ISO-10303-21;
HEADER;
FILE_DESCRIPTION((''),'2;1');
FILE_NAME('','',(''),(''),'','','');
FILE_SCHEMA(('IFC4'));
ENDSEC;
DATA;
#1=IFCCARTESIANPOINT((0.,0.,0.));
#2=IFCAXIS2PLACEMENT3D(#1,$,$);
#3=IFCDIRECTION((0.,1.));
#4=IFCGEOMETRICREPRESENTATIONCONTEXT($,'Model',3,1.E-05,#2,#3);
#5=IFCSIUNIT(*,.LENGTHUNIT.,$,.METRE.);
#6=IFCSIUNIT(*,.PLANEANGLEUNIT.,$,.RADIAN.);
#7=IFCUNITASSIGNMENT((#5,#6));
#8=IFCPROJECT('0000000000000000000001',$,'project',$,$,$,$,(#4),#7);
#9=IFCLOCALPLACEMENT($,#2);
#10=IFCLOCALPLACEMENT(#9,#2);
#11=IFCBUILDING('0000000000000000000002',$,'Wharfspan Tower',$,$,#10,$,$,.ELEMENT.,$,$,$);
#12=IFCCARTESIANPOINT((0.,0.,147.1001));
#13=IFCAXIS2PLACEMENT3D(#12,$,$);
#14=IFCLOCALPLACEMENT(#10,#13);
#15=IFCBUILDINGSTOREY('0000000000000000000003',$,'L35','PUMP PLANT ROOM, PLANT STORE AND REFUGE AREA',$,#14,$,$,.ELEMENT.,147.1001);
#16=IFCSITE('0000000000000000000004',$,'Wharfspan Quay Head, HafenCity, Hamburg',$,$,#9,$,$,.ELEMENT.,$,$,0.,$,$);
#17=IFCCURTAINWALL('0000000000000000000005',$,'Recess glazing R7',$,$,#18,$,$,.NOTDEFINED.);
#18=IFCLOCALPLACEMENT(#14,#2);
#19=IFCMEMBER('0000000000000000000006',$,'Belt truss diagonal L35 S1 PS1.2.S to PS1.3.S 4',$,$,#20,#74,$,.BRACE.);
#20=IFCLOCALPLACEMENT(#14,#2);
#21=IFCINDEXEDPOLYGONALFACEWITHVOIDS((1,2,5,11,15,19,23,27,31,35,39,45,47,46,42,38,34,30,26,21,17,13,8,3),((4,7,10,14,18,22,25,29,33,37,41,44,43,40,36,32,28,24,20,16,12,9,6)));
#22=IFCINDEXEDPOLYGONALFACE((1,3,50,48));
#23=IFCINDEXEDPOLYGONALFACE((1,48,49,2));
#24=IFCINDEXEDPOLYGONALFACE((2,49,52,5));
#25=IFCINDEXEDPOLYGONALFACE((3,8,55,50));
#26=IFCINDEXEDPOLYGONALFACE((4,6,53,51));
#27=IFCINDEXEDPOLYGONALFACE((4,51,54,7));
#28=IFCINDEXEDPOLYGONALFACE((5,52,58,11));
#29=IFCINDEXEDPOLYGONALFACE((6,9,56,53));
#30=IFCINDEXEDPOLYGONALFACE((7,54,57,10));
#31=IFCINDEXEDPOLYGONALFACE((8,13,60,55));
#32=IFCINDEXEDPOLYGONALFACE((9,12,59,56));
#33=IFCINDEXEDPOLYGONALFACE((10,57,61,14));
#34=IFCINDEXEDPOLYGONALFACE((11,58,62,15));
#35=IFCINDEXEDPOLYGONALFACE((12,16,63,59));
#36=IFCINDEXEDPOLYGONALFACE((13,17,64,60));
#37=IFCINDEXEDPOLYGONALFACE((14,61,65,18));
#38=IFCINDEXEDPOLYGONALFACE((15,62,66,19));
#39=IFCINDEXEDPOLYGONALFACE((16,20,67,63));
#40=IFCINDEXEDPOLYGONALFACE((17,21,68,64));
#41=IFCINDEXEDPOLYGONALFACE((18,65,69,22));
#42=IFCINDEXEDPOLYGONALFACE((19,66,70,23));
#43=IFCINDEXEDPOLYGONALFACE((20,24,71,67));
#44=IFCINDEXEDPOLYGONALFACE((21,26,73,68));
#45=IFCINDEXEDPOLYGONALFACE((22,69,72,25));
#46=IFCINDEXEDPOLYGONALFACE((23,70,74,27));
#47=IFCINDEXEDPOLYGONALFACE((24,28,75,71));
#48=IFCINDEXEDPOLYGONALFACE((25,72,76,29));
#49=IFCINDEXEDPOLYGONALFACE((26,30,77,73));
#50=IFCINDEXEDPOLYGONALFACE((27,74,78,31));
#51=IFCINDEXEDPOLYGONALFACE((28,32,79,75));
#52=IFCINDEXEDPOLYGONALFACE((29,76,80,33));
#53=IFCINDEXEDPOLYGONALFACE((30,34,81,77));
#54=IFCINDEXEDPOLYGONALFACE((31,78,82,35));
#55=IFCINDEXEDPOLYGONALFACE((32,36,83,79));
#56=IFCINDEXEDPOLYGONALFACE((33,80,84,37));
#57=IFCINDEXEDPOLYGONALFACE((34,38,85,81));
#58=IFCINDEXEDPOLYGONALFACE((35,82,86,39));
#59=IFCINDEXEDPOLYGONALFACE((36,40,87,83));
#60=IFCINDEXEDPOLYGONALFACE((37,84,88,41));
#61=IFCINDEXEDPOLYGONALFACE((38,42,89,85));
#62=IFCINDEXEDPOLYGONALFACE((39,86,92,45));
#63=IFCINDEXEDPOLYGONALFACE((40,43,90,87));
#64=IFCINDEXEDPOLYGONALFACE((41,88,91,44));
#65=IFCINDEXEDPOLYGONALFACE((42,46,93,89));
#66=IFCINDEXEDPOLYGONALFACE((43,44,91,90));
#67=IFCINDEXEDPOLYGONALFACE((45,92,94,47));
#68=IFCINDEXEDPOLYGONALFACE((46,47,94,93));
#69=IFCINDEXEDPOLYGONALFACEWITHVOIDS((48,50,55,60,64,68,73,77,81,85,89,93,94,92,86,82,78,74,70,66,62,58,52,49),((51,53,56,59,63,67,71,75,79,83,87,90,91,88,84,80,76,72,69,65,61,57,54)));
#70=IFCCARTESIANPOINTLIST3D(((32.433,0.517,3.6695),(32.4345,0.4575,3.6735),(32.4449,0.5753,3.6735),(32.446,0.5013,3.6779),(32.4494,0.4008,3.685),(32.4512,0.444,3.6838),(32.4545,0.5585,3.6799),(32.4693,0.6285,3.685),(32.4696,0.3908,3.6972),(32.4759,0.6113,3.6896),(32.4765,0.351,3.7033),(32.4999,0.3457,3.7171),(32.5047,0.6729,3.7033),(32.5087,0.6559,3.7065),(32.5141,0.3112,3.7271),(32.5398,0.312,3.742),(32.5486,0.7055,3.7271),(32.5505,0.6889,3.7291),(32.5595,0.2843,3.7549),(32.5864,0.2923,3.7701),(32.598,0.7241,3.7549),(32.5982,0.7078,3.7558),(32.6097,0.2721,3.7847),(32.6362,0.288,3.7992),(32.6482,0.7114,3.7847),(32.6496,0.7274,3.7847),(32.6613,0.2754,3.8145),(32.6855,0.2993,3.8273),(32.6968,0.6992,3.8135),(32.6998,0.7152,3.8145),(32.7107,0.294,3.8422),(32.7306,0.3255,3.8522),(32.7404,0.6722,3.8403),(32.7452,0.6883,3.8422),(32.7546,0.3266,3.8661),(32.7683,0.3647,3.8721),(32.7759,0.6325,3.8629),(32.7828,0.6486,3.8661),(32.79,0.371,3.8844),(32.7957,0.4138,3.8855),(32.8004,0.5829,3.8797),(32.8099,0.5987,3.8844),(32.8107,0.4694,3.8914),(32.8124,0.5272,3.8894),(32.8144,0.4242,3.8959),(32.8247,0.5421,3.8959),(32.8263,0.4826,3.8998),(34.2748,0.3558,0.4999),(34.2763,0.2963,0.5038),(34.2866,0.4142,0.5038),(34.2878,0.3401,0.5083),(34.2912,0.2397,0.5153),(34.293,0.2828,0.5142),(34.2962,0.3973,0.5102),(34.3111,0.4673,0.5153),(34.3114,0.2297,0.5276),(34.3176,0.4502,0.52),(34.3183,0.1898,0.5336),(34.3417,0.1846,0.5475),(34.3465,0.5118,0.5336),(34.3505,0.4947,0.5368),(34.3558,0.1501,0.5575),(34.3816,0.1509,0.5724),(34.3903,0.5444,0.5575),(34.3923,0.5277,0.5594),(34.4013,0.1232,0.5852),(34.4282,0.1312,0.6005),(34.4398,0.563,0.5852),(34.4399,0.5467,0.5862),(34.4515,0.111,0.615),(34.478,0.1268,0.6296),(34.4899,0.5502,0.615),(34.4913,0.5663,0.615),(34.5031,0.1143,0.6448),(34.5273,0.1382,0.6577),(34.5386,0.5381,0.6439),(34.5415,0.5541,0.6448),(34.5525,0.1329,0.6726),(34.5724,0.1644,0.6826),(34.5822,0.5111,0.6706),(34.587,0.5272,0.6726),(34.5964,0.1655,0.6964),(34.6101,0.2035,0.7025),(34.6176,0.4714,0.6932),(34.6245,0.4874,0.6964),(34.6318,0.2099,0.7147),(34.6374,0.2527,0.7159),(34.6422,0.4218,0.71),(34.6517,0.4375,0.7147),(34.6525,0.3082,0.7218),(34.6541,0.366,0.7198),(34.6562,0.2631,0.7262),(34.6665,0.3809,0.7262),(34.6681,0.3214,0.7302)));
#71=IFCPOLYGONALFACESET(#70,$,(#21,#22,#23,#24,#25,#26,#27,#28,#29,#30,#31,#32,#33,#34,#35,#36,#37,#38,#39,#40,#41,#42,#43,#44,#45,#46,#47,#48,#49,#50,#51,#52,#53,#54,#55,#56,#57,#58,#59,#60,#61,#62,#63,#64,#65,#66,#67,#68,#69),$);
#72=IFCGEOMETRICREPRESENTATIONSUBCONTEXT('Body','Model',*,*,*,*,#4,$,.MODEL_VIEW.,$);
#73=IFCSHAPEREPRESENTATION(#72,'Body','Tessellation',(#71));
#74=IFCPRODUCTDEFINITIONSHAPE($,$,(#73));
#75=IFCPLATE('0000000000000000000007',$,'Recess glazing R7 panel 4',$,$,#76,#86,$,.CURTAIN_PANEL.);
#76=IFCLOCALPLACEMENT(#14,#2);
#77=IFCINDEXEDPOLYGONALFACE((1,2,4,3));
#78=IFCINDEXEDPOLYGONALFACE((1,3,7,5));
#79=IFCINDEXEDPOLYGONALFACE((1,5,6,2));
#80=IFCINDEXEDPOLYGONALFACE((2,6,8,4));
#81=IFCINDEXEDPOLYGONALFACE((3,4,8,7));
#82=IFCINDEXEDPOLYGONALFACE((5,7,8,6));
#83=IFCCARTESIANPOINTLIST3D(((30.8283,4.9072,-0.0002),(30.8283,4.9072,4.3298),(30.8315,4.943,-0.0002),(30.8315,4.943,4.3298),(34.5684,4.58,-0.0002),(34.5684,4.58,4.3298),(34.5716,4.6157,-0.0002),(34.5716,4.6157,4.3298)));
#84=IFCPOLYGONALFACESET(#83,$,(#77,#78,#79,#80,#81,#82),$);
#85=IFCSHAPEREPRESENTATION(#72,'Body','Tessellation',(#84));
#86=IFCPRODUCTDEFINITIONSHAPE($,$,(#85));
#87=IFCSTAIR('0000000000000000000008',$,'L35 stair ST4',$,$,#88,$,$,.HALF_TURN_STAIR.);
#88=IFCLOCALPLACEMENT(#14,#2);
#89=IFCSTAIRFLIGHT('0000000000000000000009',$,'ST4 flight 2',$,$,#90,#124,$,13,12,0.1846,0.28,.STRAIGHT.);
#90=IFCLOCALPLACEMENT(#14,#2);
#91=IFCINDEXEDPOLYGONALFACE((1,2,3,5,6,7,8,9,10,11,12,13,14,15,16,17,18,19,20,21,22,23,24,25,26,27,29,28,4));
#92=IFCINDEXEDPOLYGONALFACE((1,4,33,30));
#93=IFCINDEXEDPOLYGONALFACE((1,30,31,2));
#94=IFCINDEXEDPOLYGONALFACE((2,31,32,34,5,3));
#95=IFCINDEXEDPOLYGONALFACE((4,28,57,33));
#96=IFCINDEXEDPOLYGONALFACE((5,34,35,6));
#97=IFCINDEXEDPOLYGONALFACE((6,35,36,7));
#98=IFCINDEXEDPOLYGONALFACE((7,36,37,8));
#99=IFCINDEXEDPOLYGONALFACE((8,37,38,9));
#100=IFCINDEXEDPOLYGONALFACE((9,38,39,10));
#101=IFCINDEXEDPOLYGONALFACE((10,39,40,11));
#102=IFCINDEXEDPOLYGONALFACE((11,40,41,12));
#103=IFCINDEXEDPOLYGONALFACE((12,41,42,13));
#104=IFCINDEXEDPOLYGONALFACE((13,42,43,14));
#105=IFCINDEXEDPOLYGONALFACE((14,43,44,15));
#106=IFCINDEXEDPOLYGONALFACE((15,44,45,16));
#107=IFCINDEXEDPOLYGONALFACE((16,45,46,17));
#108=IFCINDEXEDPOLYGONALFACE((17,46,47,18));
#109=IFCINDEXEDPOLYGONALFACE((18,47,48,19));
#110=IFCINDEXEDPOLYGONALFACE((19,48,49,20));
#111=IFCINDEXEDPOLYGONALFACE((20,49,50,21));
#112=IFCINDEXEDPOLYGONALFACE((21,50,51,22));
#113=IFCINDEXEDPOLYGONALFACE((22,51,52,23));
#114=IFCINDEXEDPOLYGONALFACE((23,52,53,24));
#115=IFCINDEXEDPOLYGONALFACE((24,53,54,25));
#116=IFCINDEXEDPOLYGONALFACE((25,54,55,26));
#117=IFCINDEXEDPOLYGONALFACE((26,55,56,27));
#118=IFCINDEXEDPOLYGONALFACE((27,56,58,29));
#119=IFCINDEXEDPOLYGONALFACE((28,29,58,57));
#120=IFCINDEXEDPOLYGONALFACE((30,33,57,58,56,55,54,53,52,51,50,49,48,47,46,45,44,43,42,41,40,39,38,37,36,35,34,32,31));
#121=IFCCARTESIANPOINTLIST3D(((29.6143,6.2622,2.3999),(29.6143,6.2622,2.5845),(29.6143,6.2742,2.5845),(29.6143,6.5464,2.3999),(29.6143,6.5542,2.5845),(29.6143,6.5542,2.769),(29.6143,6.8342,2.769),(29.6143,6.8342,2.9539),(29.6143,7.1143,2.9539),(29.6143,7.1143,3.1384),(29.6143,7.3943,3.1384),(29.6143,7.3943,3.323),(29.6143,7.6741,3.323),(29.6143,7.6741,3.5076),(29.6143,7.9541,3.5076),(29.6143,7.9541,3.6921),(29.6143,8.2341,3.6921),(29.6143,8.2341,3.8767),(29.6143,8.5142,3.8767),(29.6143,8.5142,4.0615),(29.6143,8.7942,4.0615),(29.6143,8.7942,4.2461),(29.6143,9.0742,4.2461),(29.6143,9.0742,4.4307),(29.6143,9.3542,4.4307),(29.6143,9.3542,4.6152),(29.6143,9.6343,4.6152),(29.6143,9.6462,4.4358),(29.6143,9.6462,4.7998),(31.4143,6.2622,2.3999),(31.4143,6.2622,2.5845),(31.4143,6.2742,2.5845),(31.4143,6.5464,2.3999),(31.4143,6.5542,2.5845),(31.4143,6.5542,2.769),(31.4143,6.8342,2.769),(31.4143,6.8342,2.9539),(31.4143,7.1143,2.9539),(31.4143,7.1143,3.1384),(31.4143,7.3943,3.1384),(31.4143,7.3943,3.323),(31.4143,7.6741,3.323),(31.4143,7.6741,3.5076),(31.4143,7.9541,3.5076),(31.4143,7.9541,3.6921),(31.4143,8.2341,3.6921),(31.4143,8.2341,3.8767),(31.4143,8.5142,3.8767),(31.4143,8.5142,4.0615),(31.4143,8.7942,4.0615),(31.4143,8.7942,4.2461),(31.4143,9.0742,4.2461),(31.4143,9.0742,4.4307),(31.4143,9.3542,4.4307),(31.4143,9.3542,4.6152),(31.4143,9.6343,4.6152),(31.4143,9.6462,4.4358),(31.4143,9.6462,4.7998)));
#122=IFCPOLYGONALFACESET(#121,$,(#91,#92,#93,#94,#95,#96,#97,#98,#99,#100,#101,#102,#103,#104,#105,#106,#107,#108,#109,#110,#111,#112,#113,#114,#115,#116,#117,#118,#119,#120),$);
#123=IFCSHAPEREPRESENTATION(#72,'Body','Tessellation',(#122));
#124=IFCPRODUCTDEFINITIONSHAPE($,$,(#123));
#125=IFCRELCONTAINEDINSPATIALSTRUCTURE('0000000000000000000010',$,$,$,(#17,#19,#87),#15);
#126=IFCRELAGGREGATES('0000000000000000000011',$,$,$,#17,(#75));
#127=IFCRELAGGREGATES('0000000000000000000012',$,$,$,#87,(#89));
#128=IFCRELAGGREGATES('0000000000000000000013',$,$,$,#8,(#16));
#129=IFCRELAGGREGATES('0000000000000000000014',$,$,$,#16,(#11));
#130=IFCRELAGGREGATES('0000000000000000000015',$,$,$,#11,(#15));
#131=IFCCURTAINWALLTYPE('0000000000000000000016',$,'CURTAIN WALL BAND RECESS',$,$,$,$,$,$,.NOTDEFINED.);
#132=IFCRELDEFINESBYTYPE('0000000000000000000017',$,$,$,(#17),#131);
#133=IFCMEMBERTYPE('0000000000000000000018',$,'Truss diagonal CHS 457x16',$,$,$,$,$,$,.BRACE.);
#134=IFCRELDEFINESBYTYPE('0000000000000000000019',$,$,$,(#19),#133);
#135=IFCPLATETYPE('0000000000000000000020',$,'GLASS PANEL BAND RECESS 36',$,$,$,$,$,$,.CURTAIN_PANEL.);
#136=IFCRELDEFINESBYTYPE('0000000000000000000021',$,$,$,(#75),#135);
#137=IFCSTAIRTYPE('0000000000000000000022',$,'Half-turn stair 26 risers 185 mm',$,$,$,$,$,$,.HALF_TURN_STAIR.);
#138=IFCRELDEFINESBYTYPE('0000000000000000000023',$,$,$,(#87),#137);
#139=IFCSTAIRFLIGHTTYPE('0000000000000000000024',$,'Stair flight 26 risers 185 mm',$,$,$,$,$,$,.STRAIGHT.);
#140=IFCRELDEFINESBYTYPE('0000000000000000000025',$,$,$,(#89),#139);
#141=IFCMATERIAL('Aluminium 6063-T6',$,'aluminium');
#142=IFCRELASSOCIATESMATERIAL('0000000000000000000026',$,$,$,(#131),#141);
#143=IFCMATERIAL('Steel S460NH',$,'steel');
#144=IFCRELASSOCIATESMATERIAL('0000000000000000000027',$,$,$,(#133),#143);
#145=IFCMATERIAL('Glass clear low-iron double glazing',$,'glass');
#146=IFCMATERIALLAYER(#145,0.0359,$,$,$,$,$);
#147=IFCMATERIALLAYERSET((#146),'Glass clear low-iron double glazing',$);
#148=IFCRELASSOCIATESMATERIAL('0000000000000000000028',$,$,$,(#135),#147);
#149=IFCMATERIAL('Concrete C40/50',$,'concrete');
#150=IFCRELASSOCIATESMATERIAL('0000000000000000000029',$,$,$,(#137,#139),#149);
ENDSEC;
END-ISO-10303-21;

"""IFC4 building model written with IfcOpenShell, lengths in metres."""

from ifc_helpers import new_model, si_unit, direction, frame, origin, origin_2d, place, context, subcontext, project, spatial, polyline, rectangle, hollow_circle, outline, extrude, material, layer, layer_set, material_profile, profile_set, type_object, element, aggregate, save


model = new_model("IFC4")

# Units and contexts
model_context = context("Model", 3, precision=1e-05, world=origin(), true_north=direction((0.0, 1.0)))
body_context = subcontext(model_context, "Body", "Model", "MODEL_VIEW")
ifc_project = project(units=[si_unit("LENGTHUNIT", "METRE"), si_unit("PLANEANGLEUNIT", "RADIAN")], contexts=[model_context])

# Site, building, storey
site_placement = place(None, origin())
site = spatial("IfcSite", under=ifc_project, at=site_placement, Name="Wharfspan Quay Head, HafenCity, Hamburg", CompositionType="ELEMENT", RefElevation=0.0)
building_placement = place(site_placement, origin())
building = spatial("IfcBuilding", under=site, at=building_placement, Name="Wharfspan Tower", CompositionType="ELEMENT")
storey_placement = place(building_placement, frame((0.0, 0.0, 147.1001)))
storey = spatial("IfcBuildingStorey", under=building, at=storey_placement, Name="L35", Description="PUMP PLANT ROOM, PLANT STORE AND REFUGE AREA", CompositionType="ELEMENT", Elevation=147.1001)

# Shared definitions
ifc_material_1 = material(Name="Concrete C40/50", Category="concrete")

# Curtain wall
ifc_material_2 = material(Name="Aluminium 6063-T6", Category="aluminium")
curtain_wall_type = type_object("IfcCurtainWallType", Name="CURTAIN WALL BAND RECESS", PredefinedType="NOTDEFINED", material=ifc_material_2)
curtain_wall_placement = place(storey_placement, origin())
curtain_wall = element("IfcCurtainWall", 1, at=curtain_wall_placement, inside=storey, type_object=curtain_wall_type, Name="Recess glazing R7", PredefinedType="NOTDEFINED")

# Shared definitions
ifc_material_3 = material(Name="Steel S460NH", Category="steel")

# Member
ifc_material_profile_1 = material_profile(ifc_material_3, hollow_circle(Radius=0.2285, WallThickness=0.0161, at=origin_2d()))
ifc_profile_set_1 = profile_set([ifc_material_profile_1], Name="Steel S460NH")
member_type_1 = type_object("IfcMemberType", Name="Truss diagonal CHS 457x16", PredefinedType="BRACE", material=ifc_profile_set_1)
member_1_placement = place(storey_placement, frame((32.6296, 0.4998, 3.7847), z_axis=(0.501924, -0.043912, -0.863796), x_axis=(0.087153, 0.996198, -0.000001)))
element("IfcMember", 2, at=member_1_placement, inside=storey, type_object=member_type_1, Name="Belt truss diagonal L35 S1 PS1.2.S to PS1.3.S 4", PredefinedType="BRACE", context=body_context, shape_type="SweptSolid", body=[
    extrude(hollow_circle(Radius=0.2285, WallThickness=0.0161, at=origin_2d()), origin(), (0.0, 0.0, 1.0), 3.6694),
])

# Plate
ifc_material_4 = material(Name="Glass clear low-iron double glazing", Category="glass")
ifc_layer = layer(ifc_material_4, 0.0359)
ifc_layer_set = layer_set([ifc_layer], Name="Glass clear low-iron double glazing")
plate_type = type_object("IfcPlateType", Name="GLASS PANEL BAND RECESS 36", PredefinedType="CURTAIN_PANEL", material=ifc_layer_set)
plate_placement = place(storey_placement, frame((32.7, 4.7615, -0.0002), z_axis=(0.0, 0.0, 1.0), x_axis=(-0.996198, 0.087156, 0.0)))
plate = element("IfcPlate", 3, at=plate_placement, type_object=plate_type, Name="Recess glazing R7 panel 4", PredefinedType="CURTAIN_PANEL", context=body_context, shape_type="SweptSolid", body=[
    extrude(rectangle(XDim=3.7544, YDim=0.0359, at=origin_2d()), origin(), (0.0, 0.0, 1.0), 4.3301),
])
aggregate(curtain_wall, [plate])

# Stair, stair flight
stair_type = type_object("IfcStairType", Name="Half-turn stair 26 risers 185 mm", PredefinedType="HALF_TURN_STAIR", material=ifc_material_1)
stair_placement = place(storey_placement, origin())
stair = element("IfcStair", 4, at=stair_placement, inside=storey, type_object=stair_type, Name="L35 stair ST4", PredefinedType="HALF_TURN_STAIR")
stair_flight_type = type_object("IfcStairFlightType", Name="Stair flight 26 risers 185 mm", PredefinedType="STRAIGHT", material=ifc_material_1)
stair_flight_placement = place(storey_placement, frame((30.5142, 6.2742, 2.3999), z_axis=(0.0, 0.0, 1.0), x_axis=(0.0, 1.0, 0.0)))
stair_flight = element("IfcStairFlight", 5, at=stair_flight_placement, type_object=stair_flight_type, Name="ST4 flight 2", NumberOfRisers=13, NumberOfTreads=12, PredefinedType="STRAIGHT", RiserHeight=0.1846, TreadLength=0.28, context=body_context, shape_type="SweptSolid", body=[
    extrude(outline(polyline([(-0.012, 0.0), (-0.012, 0.1846), (0.0, 0.1846), (0.28, 0.1846), (0.28, 0.3691), (0.5601, 0.3691), (0.5601, 0.554), (0.8401, 0.554), (0.8401, 0.7385), (1.1201, 0.7385), (1.1201, 0.9231), (1.3999, 0.9231), (1.3999, 1.1077), (1.6799, 1.1077), (1.6799, 1.2922), (1.96, 1.2922), (1.96, 1.4768), (2.24, 1.4768), (2.24, 1.6616), (2.52, 1.6616), (2.52, 1.8462), (2.8, 1.8462), (2.8, 2.0308), (3.0801, 2.0308), (3.0801, 2.2153), (3.3601, 2.2153), (3.3721, 2.3999), (3.3721, 2.0359), (0.2722, 0.0), (-0.012, 0.0)])), frame((0.0, 0.8999, 0.0), z_axis=(0.0, -1.0, 0.0), x_axis=(1.0, 0.0, 0.0)), (0.0, 0.0, 1.0), 1.8),
])
aggregate(stair, [stair_flight])

save(model, "model.ifc")
